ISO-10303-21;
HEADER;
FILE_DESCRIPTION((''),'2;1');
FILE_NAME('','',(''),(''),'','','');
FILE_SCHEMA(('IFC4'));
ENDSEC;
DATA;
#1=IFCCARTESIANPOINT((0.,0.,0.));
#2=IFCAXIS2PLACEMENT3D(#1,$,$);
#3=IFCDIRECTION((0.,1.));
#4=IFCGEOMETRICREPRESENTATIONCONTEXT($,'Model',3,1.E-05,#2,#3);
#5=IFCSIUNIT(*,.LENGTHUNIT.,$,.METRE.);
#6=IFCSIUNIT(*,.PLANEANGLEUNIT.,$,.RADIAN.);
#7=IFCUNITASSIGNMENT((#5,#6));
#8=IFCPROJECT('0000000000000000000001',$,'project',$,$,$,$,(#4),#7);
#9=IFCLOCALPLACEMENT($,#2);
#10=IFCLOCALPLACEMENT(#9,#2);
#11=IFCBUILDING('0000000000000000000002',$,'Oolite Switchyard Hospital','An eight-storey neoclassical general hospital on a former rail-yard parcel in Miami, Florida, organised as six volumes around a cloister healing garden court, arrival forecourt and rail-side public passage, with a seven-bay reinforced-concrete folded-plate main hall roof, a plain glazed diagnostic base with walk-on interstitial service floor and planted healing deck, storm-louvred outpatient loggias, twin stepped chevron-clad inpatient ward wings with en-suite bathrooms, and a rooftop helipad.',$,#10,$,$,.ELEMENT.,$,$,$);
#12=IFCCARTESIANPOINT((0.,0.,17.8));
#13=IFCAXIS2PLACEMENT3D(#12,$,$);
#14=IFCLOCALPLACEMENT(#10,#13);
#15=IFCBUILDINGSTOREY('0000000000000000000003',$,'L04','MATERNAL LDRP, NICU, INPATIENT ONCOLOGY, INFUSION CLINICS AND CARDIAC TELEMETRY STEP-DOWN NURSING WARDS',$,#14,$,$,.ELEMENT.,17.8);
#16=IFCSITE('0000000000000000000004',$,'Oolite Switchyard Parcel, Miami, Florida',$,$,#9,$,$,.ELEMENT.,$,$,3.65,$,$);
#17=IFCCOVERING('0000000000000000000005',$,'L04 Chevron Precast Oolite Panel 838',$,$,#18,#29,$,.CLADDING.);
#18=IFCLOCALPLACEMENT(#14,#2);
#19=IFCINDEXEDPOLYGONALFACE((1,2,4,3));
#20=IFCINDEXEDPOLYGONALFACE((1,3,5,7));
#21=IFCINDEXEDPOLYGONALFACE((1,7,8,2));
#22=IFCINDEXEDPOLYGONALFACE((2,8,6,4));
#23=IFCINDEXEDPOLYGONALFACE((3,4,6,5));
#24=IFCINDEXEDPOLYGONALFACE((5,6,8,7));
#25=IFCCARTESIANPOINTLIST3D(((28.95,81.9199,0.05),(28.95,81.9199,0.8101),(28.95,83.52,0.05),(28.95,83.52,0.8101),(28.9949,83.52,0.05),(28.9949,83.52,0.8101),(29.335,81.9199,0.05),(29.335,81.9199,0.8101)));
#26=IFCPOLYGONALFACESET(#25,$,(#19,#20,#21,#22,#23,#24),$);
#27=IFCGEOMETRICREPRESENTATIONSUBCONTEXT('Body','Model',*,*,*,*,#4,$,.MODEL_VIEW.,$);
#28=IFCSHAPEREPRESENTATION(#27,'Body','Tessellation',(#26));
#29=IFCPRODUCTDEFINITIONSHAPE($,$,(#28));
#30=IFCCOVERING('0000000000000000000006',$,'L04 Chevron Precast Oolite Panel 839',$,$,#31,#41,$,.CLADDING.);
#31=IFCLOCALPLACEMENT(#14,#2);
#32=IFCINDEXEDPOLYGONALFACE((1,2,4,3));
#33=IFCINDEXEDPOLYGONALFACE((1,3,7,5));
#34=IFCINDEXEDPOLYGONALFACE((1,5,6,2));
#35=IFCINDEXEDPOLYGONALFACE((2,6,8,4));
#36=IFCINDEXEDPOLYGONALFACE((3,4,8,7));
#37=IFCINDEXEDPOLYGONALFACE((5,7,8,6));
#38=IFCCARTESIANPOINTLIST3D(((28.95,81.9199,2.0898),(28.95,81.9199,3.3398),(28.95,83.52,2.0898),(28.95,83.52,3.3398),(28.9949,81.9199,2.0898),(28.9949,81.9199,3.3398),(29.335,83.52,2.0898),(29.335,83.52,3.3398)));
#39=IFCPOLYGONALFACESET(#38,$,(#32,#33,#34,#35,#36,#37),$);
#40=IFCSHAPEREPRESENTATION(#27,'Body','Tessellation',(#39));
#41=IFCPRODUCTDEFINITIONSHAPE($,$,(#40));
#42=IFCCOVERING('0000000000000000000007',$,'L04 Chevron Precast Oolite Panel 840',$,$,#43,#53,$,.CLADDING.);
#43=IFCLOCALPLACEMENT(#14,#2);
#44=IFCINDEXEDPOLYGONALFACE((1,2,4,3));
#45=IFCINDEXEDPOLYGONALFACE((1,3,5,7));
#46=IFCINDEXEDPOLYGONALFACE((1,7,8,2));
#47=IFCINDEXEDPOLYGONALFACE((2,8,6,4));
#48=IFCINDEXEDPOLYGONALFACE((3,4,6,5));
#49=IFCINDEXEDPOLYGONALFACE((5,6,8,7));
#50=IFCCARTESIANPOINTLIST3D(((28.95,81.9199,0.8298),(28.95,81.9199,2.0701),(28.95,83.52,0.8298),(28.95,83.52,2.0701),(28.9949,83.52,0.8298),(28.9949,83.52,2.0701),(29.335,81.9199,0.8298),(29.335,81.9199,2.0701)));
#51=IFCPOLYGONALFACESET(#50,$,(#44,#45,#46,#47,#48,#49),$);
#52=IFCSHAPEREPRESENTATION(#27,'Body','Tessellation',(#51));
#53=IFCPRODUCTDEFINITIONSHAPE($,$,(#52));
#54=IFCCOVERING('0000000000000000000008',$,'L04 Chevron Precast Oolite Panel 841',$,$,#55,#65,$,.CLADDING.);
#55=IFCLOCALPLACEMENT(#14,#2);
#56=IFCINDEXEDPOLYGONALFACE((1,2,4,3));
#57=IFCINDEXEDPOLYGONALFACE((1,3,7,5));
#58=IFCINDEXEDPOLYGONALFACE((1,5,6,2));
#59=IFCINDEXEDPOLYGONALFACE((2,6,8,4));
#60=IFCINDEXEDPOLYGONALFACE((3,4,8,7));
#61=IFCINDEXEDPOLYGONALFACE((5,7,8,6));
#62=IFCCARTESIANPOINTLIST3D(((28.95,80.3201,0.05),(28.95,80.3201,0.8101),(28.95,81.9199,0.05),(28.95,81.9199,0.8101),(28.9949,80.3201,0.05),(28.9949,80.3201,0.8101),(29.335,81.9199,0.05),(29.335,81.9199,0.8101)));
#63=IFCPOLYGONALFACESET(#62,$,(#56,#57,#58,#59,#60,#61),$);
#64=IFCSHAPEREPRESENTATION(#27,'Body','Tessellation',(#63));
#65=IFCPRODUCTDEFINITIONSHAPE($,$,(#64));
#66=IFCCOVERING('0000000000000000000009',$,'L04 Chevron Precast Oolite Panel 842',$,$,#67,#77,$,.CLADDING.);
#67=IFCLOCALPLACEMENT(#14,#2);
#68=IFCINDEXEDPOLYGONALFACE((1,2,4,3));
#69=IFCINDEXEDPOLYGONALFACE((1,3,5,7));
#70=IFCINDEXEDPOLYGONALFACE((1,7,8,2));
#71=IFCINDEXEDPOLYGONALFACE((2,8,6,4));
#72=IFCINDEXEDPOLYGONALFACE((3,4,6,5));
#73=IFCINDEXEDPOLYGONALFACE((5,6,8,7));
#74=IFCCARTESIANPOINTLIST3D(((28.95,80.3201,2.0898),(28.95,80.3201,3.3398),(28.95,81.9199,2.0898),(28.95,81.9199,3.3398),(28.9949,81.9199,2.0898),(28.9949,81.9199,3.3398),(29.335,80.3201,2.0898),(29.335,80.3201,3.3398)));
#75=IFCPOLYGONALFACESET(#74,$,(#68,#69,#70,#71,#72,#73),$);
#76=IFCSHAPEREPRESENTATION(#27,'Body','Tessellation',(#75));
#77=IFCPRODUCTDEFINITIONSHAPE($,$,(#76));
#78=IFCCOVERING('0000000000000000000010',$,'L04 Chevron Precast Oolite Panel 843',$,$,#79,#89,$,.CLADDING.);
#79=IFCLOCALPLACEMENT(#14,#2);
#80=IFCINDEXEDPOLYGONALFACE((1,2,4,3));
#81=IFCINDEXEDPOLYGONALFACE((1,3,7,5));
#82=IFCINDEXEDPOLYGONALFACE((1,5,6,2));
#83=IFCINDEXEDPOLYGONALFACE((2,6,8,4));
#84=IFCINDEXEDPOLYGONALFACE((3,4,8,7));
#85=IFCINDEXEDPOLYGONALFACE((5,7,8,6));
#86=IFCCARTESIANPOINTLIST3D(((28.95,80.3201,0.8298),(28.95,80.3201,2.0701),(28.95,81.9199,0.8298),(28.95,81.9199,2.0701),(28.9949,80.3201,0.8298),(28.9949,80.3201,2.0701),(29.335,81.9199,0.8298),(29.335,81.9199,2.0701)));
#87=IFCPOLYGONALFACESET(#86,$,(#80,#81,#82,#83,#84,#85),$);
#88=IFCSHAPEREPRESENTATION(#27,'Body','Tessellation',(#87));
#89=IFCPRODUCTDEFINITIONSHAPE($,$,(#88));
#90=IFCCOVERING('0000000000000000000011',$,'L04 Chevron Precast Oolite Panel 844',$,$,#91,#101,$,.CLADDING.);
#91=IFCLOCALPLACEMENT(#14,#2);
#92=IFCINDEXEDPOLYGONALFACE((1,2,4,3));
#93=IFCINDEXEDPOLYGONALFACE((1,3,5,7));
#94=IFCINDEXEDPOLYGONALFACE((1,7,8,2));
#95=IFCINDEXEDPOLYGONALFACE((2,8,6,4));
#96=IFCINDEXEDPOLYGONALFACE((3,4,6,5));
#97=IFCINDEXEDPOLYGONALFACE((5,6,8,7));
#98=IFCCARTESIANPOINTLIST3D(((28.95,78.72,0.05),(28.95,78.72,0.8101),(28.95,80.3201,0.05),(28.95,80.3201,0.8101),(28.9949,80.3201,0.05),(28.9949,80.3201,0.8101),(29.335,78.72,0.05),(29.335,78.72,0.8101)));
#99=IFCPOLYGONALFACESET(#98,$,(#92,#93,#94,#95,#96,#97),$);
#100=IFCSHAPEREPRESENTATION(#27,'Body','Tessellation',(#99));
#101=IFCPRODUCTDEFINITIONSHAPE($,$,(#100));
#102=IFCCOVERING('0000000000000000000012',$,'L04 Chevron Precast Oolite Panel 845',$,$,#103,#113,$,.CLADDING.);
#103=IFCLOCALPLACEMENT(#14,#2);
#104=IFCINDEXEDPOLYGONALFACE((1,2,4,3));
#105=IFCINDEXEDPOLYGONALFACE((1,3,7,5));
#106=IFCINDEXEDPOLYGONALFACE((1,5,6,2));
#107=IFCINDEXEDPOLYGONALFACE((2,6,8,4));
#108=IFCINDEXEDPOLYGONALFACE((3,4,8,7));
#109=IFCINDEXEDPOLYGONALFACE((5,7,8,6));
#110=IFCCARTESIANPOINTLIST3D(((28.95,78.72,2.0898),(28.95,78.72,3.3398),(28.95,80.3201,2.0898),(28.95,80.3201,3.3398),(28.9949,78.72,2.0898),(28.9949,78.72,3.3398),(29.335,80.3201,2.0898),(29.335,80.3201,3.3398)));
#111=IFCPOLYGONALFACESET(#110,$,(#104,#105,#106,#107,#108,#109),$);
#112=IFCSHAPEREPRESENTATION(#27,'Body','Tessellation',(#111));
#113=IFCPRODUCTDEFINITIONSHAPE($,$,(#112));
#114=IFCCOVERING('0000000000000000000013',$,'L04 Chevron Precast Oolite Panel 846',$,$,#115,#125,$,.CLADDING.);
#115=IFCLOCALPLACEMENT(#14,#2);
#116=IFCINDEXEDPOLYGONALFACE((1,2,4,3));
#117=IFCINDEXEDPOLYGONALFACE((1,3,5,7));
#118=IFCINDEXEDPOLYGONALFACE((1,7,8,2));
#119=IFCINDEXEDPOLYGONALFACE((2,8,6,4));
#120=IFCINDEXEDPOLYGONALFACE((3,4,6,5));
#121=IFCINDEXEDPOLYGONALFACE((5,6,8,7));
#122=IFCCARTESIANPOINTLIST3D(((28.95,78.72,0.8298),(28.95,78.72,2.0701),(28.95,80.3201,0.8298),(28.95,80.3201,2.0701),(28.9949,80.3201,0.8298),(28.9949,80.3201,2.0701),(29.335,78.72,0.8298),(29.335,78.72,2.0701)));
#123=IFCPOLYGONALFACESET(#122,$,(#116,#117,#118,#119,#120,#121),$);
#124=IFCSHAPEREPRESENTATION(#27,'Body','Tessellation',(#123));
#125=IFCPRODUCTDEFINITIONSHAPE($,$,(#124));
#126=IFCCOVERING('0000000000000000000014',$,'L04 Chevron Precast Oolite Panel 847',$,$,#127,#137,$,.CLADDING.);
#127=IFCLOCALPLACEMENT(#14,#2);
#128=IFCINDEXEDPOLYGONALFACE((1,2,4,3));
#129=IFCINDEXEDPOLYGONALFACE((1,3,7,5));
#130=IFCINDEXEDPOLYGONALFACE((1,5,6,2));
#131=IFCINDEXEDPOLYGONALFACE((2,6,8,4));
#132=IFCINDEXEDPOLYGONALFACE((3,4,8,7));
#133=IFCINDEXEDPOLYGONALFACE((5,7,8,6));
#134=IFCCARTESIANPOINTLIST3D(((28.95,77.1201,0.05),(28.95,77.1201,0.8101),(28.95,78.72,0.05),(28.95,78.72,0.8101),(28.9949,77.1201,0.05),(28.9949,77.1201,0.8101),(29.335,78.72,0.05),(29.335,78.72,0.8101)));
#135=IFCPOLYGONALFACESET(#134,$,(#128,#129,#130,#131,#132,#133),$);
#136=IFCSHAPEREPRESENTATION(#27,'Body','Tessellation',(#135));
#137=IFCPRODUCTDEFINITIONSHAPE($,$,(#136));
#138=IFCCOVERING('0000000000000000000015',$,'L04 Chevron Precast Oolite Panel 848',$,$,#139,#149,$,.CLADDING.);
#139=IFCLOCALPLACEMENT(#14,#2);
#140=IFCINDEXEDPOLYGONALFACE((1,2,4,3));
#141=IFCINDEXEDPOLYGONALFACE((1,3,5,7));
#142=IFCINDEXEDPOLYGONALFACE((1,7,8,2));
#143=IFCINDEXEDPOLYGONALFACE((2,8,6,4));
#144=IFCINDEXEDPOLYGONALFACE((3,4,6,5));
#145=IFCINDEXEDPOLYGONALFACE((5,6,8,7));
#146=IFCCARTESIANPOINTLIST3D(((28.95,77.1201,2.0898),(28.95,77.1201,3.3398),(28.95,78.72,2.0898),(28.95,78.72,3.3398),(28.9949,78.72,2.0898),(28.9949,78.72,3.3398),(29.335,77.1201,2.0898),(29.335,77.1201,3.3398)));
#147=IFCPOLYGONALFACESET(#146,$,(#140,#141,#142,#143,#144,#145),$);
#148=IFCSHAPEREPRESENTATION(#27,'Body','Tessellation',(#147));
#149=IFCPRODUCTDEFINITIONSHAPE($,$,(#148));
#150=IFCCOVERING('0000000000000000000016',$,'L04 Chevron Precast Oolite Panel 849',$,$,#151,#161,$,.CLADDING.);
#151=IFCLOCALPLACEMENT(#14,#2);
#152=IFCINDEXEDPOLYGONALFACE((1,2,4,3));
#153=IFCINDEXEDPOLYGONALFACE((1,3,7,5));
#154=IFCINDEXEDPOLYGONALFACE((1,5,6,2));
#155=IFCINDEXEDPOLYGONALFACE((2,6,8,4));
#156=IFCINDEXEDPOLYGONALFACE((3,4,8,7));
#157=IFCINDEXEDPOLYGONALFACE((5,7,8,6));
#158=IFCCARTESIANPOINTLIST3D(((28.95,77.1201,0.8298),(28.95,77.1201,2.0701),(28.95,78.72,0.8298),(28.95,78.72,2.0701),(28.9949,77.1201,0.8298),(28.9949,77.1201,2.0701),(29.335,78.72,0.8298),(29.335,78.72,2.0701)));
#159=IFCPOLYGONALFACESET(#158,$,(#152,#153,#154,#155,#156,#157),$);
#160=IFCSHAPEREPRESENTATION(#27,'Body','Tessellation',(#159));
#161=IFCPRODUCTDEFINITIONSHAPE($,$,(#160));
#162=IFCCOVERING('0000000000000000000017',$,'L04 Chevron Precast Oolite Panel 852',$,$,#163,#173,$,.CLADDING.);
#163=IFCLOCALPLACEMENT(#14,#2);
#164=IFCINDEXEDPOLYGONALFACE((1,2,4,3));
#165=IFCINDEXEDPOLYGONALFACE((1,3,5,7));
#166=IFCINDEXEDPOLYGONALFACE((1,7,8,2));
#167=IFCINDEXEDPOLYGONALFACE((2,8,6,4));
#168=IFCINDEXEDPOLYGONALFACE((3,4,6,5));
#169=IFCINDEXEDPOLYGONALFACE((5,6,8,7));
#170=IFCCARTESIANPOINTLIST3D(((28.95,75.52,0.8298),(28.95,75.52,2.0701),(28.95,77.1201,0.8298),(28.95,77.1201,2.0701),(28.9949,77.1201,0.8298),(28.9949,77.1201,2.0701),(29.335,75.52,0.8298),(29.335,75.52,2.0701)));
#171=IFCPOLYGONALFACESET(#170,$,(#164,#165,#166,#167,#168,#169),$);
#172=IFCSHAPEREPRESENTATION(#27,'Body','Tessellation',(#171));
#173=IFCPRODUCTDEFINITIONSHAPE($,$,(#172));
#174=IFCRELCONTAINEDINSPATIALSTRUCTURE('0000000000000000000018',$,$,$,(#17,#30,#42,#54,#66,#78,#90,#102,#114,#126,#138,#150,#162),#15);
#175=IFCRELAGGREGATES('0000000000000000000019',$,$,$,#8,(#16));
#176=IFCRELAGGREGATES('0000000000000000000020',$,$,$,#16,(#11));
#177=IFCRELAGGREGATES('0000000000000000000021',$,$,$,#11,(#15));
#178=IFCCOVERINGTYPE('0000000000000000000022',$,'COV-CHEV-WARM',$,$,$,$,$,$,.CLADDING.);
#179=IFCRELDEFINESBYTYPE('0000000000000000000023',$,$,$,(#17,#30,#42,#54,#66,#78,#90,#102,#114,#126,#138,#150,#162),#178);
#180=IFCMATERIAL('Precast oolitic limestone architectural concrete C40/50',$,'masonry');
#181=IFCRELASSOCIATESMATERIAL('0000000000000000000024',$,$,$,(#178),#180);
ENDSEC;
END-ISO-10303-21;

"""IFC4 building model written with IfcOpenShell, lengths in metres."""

from ifc_helpers import new_model, si_unit, direction, frame, origin, place, context, subcontext, project, spatial, polyline, outline, extrude, material, type_object, element, save


model = new_model("IFC4")

# Units and contexts
model_context = context("Model", 3, precision=1e-05, world=origin(), true_north=direction((0.0, 1.0)))
body_context = subcontext(model_context, "Body", "Model", "MODEL_VIEW")
ifc_project = project(units=[si_unit("LENGTHUNIT", "METRE"), si_unit("PLANEANGLEUNIT", "RADIAN")], contexts=[model_context])

# Site, building, storey
site_placement = place(None, origin())
site = spatial("IfcSite", under=ifc_project, at=site_placement, Name="Oolite Switchyard Parcel, Miami, Florida", CompositionType="ELEMENT", RefElevation=3.65)
building_placement = place(site_placement, origin())
building = spatial("IfcBuilding", under=site, at=building_placement, Name="Oolite Switchyard Hospital", Description="An eight-storey neoclassical general hospital on a former rail-yard parcel in Miami, Florida, organised as six volumes around a cloister healing garden court, arrival forecourt and rail-side public passage, with a seven-bay reinforced-concrete folded-plate main hall roof, a plain glazed diagnostic base with walk-on interstitial service floor and planted healing deck, storm-louvred outpatient loggias, twin stepped chevron-clad inpatient ward wings with en-suite bathrooms, and a rooftop helipad.", CompositionType="ELEMENT")
storey_placement = place(building_placement, frame((0.0, 0.0, 17.8)))
storey = spatial("IfcBuildingStorey", under=building, at=storey_placement, Name="L04", Description="MATERNAL LDRP, NICU, INPATIENT ONCOLOGY, INFUSION CLINICS AND CARDIAC TELEMETRY STEP-DOWN NURSING WARDS", CompositionType="ELEMENT", Elevation=17.8)

# Coverings
ifc_material_1 = material(Name="Precast oolitic limestone architectural concrete C40/50", Category="masonry")
covering_type = type_object("IfcCoveringType", Name="COV-CHEV-WARM", PredefinedType="CLADDING", material=ifc_material_1)
covering_1_placement = place(storey_placement, frame((28.95, 83.52, 0.05), z_axis=(0.0, 0.0, 1.0), x_axis=(0.0, -1.0, 0.0)))
element("IfcCovering", 1, at=covering_1_placement, inside=storey, type_object=covering_type, Name="L04 Chevron Precast Oolite Panel 838", PredefinedType="CLADDING", context=body_context, shape_type="SweptSolid", body=[
    extrude(outline(polyline([(0.0, 0.0), (1.6001, 0.0), (1.6001, 0.385), (0.0, 0.0449), (0.0, 0.0)])), origin(), (0.0, 0.0, 1.0), 0.76),
])
covering_2_placement = place(storey_placement, frame((28.95, 83.52, 2.0898), z_axis=(0.0, 0.0, 1.0), x_axis=(0.0, -1.0, 0.0)))
element("IfcCovering", 2, at=covering_2_placement, inside=storey, type_object=covering_type, Name="L04 Chevron Precast Oolite Panel 839", PredefinedType="CLADDING", context=body_context, shape_type="SweptSolid", body=[
    extrude(outline(polyline([(0.0, 0.0), (1.6001, 0.0), (1.6001, 0.0449), (0.0, 0.385), (0.0, 0.0)])), origin(), (0.0, 0.0, 1.0), 1.25),
])
covering_3_placement = place(storey_placement, frame((28.95, 83.52, 0.8298), z_axis=(0.0, 0.0, 1.0), x_axis=(0.0, -1.0, 0.0)))
element("IfcCovering", 3, at=covering_3_placement, inside=storey, type_object=covering_type, Name="L04 Chevron Precast Oolite Panel 840", PredefinedType="CLADDING", context=body_context, shape_type="SweptSolid", body=[
    extrude(outline(polyline([(0.0, 0.0), (1.6001, 0.0), (1.6001, 0.385), (0.0, 0.0449), (0.0, 0.0)])), origin(), (0.0, 0.0, 1.0), 1.2402),
])
covering_4_placement = place(storey_placement, frame((28.95, 81.9199, 0.05), z_axis=(0.0, 0.0, 1.0), x_axis=(0.0, -1.0, 0.0)))
element("IfcCovering", 4, at=covering_4_placement, inside=storey, type_object=covering_type, Name="L04 Chevron Precast Oolite Panel 841", PredefinedType="CLADDING", context=body_context, shape_type="SweptSolid", body=[
    extrude(outline(polyline([(0.0, 0.0), (1.5999, 0.0), (1.5999, 0.0449), (0.0, 0.385), (0.0, 0.0)])), origin(), (0.0, 0.0, 1.0), 0.76),
])
covering_5_placement = place(storey_placement, frame((28.95, 81.9199, 2.0898), z_axis=(0.0, 0.0, 1.0), x_axis=(0.0, -1.0, 0.0)))
element("IfcCovering", 5, at=covering_5_placement, inside=storey, type_object=covering_type, Name="L04 Chevron Precast Oolite Panel 842", PredefinedType="CLADDING", context=body_context, shape_type="SweptSolid", body=[
    extrude(outline(polyline([(0.0, 0.0), (1.5999, 0.0), (1.5999, 0.385), (0.0, 0.0449), (0.0, 0.0)])), origin(), (0.0, 0.0, 1.0), 1.25),
])
covering_6_placement = place(storey_placement, frame((28.95, 81.9199, 0.8298), z_axis=(0.0, 0.0, 1.0), x_axis=(0.0, -1.0, 0.0)))
element("IfcCovering", 6, at=covering_6_placement, inside=storey, type_object=covering_type, Name="L04 Chevron Precast Oolite Panel 843", PredefinedType="CLADDING", context=body_context, shape_type="SweptSolid", body=[
    extrude(outline(polyline([(0.0, 0.0), (1.5999, 0.0), (1.5999, 0.0449), (0.0, 0.385), (0.0, 0.0)])), origin(), (0.0, 0.0, 1.0), 1.2402),
])
covering_7_placement = place(storey_placement, frame((28.95, 80.3201, 0.05), z_axis=(0.0, 0.0, 1.0), x_axis=(0.0, -1.0, 0.0)))
element("IfcCovering", 7, at=covering_7_placement, inside=storey, type_object=covering_type, Name="L04 Chevron Precast Oolite Panel 844", PredefinedType="CLADDING", context=body_context, shape_type="SweptSolid", body=[
    extrude(outline(polyline([(0.0, 0.0), (1.6001, 0.0), (1.6001, 0.385), (0.0, 0.0449), (0.0, 0.0)])), origin(), (0.0, 0.0, 1.0), 0.76),
])
covering_8_placement = place(storey_placement, frame((28.95, 80.3201, 2.0898), z_axis=(0.0, 0.0, 1.0), x_axis=(0.0, -1.0, 0.0)))
element("IfcCovering", 8, at=covering_8_placement, inside=storey, type_object=covering_type, Name="L04 Chevron Precast Oolite Panel 845", PredefinedType="CLADDING", context=body_context, shape_type="SweptSolid", body=[
    extrude(outline(polyline([(0.0, 0.0), (1.6001, 0.0), (1.6001, 0.0449), (0.0, 0.385), (0.0, 0.0)])), origin(), (0.0, 0.0, 1.0), 1.25),
])
covering_9_placement = place(storey_placement, frame((28.95, 80.3201, 0.8298), z_axis=(0.0, 0.0, 1.0), x_axis=(0.0, -1.0, 0.0)))
element("IfcCovering", 9, at=covering_9_placement, inside=storey, type_object=covering_type, Name="L04 Chevron Precast Oolite Panel 846", PredefinedType="CLADDING", context=body_context, shape_type="SweptSolid", body=[
    extrude(outline(polyline([(0.0, 0.0), (1.6001, 0.0), (1.6001, 0.385), (0.0, 0.0449), (0.0, 0.0)])), origin(), (0.0, 0.0, 1.0), 1.2402),
])
covering_10_placement = place(storey_placement, frame((28.95, 78.72, 0.05), z_axis=(0.0, 0.0, 1.0), x_axis=(0.0, -1.0, 0.0)))
element("IfcCovering", 10, at=covering_10_placement, inside=storey, type_object=covering_type, Name="L04 Chevron Precast Oolite Panel 847", PredefinedType="CLADDING", context=body_context, shape_type="SweptSolid", body=[
    extrude(outline(polyline([(0.0, 0.0), (1.5999, 0.0), (1.5999, 0.0449), (0.0, 0.385), (0.0, 0.0)])), origin(), (0.0, 0.0, 1.0), 0.76),
])
covering_11_placement = place(storey_placement, frame((28.95, 78.72, 2.0898), z_axis=(0.0, 0.0, 1.0), x_axis=(0.0, -1.0, 0.0)))
element("IfcCovering", 11, at=covering_11_placement, inside=storey, type_object=covering_type, Name="L04 Chevron Precast Oolite Panel 848", PredefinedType="CLADDING", context=body_context, shape_type="SweptSolid", body=[
    extrude(outline(polyline([(0.0, 0.0), (1.5999, 0.0), (1.5999, 0.385), (0.0, 0.0449), (0.0, 0.0)])), origin(), (0.0, 0.0, 1.0), 1.25),
])
covering_12_placement = place(storey_placement, frame((28.95, 78.72, 0.8298), z_axis=(0.0, 0.0, 1.0), x_axis=(0.0, -1.0, 0.0)))
element("IfcCovering", 12, at=covering_12_placement, inside=storey, type_object=covering_type, Name="L04 Chevron Precast Oolite Panel 849", PredefinedType="CLADDING", context=body_context, shape_type="SweptSolid", body=[
    extrude(outline(polyline([(0.0, 0.0), (1.5999, 0.0), (1.5999, 0.0449), (0.0, 0.385), (0.0, 0.0)])), origin(), (0.0, 0.0, 1.0), 1.2402),
])
covering_13_placement = place(storey_placement, frame((28.95, 77.1201, 0.8298), z_axis=(0.0, 0.0, 1.0), x_axis=(0.0, -1.0, 0.0)))
element("IfcCovering", 13, at=covering_13_placement, inside=storey, type_object=covering_type, Name="L04 Chevron Precast Oolite Panel 852", PredefinedType="CLADDING", context=body_context, shape_type="SweptSolid", body=[
    extrude(outline(polyline([(0.0, 0.0), (1.6001, 0.0), (1.6001, 0.385), (0.0, 0.0449), (0.0, 0.0)])), origin(), (0.0, 0.0, 1.0), 1.2402),
])

save(model, "model.ifc")
